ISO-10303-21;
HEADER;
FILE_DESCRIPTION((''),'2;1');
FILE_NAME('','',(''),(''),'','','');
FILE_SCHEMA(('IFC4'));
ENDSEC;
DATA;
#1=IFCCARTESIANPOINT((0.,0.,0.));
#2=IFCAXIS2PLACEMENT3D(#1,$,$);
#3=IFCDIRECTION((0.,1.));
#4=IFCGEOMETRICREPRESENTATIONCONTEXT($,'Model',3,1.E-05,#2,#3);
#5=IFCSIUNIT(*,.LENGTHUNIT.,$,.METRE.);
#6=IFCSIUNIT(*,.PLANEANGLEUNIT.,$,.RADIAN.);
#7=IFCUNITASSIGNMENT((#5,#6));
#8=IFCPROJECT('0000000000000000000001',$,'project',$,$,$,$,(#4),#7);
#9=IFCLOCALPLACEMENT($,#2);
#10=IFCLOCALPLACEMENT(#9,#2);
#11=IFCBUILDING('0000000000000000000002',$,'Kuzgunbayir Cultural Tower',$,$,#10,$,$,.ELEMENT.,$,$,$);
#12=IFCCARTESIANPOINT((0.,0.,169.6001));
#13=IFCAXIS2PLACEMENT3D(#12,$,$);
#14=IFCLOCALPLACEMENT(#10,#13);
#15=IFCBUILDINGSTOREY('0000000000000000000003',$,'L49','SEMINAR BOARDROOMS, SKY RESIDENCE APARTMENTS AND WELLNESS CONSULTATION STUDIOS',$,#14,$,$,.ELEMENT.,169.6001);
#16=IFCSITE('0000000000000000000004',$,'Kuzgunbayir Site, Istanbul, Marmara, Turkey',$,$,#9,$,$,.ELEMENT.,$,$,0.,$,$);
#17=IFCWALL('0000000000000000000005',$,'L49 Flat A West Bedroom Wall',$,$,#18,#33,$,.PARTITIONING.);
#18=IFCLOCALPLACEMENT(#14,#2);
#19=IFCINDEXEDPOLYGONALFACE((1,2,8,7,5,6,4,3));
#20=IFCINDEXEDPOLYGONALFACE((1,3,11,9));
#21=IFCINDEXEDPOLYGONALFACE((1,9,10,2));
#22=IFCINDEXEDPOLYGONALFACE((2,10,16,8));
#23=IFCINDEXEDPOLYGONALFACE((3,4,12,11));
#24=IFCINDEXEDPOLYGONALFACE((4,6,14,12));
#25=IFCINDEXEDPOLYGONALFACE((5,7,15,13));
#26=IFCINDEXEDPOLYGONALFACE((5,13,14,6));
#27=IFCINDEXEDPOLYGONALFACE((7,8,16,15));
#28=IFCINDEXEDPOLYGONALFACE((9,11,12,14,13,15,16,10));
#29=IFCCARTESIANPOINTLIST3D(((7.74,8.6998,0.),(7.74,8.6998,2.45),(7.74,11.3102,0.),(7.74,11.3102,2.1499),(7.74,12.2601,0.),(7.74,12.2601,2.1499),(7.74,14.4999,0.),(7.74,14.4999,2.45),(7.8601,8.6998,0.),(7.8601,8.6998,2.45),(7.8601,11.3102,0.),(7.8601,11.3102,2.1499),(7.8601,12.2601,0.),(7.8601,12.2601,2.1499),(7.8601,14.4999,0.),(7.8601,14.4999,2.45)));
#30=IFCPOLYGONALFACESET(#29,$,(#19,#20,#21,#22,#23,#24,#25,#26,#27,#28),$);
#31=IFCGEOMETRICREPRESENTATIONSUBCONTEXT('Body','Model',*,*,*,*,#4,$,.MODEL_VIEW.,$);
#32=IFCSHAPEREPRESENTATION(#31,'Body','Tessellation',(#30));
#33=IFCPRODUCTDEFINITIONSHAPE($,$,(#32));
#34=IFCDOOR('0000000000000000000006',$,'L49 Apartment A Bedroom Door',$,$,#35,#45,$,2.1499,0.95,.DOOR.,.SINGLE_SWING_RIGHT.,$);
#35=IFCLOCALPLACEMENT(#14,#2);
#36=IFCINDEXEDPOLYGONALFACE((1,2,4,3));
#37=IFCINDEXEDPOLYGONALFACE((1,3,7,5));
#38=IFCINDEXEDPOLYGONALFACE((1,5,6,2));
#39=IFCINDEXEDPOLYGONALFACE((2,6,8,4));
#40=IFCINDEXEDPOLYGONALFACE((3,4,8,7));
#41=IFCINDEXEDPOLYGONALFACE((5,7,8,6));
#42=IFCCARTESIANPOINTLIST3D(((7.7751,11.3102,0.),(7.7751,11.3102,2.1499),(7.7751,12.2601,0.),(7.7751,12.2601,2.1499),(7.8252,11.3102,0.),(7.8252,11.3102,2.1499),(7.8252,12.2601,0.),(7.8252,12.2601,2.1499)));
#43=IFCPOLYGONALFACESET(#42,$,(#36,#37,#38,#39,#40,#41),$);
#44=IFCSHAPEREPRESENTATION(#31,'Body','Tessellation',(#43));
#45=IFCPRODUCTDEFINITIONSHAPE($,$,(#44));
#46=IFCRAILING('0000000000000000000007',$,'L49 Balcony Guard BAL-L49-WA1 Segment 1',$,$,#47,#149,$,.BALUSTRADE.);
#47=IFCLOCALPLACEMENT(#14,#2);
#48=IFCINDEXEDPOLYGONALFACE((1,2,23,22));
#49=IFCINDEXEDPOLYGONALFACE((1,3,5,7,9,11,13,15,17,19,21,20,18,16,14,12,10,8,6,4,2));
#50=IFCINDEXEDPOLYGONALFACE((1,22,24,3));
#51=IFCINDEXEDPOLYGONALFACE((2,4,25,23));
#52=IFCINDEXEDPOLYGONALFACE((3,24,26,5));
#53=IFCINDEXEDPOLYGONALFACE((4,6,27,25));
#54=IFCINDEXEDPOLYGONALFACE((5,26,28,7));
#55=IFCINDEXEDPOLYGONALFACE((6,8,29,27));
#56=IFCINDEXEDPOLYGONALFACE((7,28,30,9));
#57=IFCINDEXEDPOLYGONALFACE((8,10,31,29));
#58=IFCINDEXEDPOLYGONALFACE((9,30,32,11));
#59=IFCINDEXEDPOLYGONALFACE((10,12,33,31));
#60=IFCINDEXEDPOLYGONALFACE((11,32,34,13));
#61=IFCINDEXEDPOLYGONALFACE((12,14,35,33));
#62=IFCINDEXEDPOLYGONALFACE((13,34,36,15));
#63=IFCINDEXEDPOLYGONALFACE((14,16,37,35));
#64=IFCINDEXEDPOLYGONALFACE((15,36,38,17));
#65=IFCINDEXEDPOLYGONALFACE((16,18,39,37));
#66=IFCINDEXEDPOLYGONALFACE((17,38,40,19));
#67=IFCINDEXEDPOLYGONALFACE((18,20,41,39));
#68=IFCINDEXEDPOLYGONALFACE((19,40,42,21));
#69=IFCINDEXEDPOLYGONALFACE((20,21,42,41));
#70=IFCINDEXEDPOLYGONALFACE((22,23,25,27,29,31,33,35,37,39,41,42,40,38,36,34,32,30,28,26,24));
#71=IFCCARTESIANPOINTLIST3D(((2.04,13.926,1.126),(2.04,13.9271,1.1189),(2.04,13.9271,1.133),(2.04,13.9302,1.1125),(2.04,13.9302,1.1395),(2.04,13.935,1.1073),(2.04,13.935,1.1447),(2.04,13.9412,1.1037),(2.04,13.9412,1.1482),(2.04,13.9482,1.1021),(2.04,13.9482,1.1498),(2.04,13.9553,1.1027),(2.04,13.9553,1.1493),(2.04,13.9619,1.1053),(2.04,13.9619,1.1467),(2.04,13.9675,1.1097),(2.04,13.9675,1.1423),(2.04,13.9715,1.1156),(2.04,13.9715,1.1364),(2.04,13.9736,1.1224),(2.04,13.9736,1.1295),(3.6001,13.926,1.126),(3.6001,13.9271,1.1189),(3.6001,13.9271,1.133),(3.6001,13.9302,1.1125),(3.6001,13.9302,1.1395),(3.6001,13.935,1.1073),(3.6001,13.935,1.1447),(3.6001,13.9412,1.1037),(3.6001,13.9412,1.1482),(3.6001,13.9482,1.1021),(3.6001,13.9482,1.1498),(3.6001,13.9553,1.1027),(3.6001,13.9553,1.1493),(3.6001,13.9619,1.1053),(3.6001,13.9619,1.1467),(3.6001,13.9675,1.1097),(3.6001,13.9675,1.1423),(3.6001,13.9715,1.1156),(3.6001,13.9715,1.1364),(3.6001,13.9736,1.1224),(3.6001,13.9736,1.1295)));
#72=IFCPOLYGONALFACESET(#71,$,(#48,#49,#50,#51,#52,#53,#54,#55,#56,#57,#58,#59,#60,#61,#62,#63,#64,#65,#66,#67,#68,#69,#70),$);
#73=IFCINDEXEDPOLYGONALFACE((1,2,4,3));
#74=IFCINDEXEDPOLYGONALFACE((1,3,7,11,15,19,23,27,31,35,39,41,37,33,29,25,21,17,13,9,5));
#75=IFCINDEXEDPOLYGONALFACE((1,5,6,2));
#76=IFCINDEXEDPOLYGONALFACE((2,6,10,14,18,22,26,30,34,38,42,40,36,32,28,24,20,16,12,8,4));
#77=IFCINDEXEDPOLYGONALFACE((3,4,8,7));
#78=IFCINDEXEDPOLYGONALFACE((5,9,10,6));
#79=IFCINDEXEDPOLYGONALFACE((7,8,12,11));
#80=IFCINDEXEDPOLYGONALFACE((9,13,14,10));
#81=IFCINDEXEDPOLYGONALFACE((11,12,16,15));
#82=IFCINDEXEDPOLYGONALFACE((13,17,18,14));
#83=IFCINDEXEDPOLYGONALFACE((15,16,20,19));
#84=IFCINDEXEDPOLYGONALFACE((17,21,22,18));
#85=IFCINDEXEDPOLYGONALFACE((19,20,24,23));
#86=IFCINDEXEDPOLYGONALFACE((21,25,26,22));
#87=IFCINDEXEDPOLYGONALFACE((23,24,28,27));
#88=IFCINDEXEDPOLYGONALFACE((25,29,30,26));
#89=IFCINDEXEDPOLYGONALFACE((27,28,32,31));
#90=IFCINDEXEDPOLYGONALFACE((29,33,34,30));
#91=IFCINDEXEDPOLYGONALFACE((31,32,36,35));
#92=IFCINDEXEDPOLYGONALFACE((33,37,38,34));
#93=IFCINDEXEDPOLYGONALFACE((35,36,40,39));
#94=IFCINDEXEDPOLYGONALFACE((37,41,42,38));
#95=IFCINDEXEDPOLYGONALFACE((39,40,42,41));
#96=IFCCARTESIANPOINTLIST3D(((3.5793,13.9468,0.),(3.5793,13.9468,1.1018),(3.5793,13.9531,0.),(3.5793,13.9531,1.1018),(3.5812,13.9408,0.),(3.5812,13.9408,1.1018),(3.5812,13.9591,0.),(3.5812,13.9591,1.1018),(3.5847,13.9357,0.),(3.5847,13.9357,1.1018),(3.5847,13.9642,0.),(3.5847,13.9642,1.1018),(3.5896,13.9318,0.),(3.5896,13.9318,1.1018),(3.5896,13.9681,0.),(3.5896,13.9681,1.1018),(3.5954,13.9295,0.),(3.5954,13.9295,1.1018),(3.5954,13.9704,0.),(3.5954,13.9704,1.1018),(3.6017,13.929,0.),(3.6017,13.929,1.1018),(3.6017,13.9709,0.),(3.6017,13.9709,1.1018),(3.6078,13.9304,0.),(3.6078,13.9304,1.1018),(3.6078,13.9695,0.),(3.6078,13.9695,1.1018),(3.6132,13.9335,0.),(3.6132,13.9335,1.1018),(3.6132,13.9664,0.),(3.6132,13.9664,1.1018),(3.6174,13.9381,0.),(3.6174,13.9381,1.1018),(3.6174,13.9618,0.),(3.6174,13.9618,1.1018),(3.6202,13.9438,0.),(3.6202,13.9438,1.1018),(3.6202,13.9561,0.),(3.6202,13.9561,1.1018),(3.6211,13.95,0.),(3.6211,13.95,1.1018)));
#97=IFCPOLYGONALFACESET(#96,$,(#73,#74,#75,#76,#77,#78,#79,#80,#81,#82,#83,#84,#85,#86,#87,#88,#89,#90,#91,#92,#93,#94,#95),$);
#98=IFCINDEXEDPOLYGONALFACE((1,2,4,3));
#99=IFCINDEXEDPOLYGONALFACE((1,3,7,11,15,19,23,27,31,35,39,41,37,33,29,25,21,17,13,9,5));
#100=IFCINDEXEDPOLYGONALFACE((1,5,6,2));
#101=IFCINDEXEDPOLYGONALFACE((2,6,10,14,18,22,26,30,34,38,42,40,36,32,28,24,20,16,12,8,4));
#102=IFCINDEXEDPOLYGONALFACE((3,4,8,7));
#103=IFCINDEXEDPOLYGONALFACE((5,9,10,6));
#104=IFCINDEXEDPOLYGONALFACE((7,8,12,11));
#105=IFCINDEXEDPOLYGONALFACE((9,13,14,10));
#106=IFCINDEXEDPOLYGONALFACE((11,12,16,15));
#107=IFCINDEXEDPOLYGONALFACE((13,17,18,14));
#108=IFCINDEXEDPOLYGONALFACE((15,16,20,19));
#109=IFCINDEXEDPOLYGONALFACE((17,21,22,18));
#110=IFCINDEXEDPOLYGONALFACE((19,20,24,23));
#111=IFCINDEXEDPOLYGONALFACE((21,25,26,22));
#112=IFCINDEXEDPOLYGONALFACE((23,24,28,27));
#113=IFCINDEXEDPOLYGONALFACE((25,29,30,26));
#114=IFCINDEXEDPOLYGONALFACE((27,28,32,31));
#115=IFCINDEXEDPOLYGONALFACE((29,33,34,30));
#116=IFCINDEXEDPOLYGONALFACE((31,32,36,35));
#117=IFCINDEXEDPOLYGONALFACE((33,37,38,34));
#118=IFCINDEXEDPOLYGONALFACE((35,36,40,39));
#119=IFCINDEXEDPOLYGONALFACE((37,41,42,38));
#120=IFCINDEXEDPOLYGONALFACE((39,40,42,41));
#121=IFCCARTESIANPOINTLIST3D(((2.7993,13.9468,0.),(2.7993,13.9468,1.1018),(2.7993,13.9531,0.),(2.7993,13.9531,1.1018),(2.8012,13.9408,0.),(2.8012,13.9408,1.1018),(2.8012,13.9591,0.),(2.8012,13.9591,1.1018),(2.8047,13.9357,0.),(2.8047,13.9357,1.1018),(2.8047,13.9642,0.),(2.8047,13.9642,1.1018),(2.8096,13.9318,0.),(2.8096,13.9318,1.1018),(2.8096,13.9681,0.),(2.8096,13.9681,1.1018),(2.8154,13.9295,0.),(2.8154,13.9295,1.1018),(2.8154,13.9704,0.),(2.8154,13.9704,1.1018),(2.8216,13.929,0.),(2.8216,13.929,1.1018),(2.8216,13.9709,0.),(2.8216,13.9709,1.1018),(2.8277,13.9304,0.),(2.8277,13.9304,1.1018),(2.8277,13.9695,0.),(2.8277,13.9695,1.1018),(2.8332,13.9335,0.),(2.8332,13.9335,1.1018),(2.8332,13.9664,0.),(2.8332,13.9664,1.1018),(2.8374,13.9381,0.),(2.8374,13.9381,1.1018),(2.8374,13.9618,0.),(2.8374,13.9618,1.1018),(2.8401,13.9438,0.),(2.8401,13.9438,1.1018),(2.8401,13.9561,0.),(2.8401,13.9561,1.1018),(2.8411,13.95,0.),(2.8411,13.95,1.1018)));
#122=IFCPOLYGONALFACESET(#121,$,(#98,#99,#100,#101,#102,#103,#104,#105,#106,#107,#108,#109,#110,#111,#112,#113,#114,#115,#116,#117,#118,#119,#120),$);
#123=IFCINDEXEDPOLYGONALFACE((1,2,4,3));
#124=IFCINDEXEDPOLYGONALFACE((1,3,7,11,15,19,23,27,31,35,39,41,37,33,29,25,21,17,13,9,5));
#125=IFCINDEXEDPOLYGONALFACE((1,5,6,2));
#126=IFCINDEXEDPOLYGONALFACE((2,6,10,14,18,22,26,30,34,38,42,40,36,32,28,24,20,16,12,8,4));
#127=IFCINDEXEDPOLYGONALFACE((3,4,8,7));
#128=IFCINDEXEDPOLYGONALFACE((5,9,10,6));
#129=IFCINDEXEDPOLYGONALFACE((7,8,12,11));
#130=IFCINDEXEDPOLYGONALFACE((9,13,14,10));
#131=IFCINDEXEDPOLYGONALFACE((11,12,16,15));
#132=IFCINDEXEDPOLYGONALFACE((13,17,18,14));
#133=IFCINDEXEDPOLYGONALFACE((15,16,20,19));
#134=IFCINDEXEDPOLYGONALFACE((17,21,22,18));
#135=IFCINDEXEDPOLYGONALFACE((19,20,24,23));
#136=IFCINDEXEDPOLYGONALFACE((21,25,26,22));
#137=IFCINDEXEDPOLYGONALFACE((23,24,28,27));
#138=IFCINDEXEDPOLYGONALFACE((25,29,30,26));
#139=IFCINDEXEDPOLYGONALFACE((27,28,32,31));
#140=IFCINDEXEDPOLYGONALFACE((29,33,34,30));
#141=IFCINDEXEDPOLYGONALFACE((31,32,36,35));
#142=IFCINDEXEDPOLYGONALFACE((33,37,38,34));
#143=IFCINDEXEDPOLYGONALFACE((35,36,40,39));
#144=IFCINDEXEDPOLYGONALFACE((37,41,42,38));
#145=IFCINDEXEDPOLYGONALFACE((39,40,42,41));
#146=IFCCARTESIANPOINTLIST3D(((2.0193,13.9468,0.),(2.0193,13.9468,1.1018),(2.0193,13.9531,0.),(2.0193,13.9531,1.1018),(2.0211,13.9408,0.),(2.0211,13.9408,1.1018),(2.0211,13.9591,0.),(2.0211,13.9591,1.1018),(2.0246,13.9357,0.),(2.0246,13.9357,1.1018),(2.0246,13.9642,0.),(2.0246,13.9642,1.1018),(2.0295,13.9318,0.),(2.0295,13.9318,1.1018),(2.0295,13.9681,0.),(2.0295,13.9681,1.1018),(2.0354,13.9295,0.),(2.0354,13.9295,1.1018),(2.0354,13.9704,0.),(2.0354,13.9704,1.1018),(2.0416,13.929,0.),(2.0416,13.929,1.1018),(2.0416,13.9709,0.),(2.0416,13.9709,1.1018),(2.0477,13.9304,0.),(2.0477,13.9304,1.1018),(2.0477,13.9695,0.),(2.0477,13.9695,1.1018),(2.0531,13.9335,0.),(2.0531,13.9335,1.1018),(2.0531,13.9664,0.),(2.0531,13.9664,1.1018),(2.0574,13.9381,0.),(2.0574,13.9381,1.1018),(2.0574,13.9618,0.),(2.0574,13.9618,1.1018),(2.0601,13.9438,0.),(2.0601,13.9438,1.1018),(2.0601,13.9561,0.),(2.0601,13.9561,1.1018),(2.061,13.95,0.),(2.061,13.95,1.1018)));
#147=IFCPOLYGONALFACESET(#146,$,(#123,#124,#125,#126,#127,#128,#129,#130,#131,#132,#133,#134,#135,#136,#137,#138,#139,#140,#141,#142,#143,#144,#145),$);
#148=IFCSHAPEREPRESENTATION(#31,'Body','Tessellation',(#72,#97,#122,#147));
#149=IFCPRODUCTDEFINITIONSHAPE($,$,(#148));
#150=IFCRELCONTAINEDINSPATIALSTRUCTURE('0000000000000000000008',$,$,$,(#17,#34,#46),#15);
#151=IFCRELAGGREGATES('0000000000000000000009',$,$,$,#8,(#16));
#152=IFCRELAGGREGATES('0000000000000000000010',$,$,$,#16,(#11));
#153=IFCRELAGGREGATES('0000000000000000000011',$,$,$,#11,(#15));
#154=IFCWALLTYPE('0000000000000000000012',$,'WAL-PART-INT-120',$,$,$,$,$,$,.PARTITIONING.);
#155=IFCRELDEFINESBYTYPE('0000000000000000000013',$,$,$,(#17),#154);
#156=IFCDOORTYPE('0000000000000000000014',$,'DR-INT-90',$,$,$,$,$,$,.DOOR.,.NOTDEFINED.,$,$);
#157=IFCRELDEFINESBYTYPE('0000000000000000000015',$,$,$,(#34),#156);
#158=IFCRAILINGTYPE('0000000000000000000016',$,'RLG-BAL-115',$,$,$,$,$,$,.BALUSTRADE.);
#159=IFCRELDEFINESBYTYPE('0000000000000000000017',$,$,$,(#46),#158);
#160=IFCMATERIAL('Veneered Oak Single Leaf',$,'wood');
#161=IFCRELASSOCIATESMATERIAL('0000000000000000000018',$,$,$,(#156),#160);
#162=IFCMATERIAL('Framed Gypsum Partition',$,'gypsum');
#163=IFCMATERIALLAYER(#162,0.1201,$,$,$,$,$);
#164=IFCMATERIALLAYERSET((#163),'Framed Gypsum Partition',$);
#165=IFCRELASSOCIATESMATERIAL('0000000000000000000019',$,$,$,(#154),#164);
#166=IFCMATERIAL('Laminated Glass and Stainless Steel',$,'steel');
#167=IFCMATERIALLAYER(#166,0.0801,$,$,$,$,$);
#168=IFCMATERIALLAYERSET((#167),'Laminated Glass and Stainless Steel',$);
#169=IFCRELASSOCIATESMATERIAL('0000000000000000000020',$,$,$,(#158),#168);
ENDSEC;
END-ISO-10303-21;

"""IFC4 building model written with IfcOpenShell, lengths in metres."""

from ifc_helpers import new_model, si_unit, direction, frame, frame_2d, origin, origin_2d, place, context, subcontext, project, spatial, rectangle, circle, extrude, material, layer, layer_set, type_object, element, fill, save


model = new_model("IFC4")

# Units and contexts
model_context = context("Model", 3, precision=1e-05, world=origin(), true_north=direction((0.0, 1.0)))
body_context = subcontext(model_context, "Body", "Model", "MODEL_VIEW")
ifc_project = project(units=[si_unit("LENGTHUNIT", "METRE"), si_unit("PLANEANGLEUNIT", "RADIAN")], contexts=[model_context])

# Site, building, storey
site_placement = place(None, origin())
site = spatial("IfcSite", under=ifc_project, at=site_placement, Name="Kuzgunbayir Site, Istanbul, Marmara, Turkey", CompositionType="ELEMENT", RefElevation=0.0)
building_placement = place(site_placement, origin())
building = spatial("IfcBuilding", under=site, at=building_placement, Name="Kuzgunbayir Cultural Tower", CompositionType="ELEMENT")
storey_placement = place(building_placement, frame((0.0, 0.0, 169.6001)))
storey = spatial("IfcBuildingStorey", under=building, at=storey_placement, Name="L49", Description="SEMINAR BOARDROOMS, SKY RESIDENCE APARTMENTS AND WELLNESS CONSULTATION STUDIOS", CompositionType="ELEMENT", Elevation=169.6001)

# Shared definitions
ifc_material_1 = material(Name="Veneered Oak Single Leaf", Category="wood")
door_type_1 = type_object("IfcDoorType", Name="DR-INT-90", OperationType="NOTDEFINED", PredefinedType="DOOR", material=ifc_material_1)

# Wall, opening, door
ifc_material_2 = material(Name="Framed Gypsum Partition", Category="gypsum")
ifc_layer_1 = layer(ifc_material_2, 0.1201)
ifc_layer_set_1 = layer_set([ifc_layer_1], Name="Framed Gypsum Partition")
wall_type_1 = type_object("IfcWallType", Name="WAL-PART-INT-120", PredefinedType="PARTITIONING", material=ifc_layer_set_1)
wall_1_placement = place(storey_placement, frame((7.8, 8.7, 0.0), z_axis=(0.0, 0.0, 1.0), x_axis=(0.0, 1.0, 0.0)))
wall_1 = element("IfcWall", 1, at=wall_1_placement, inside=storey, type_object=wall_type_1, Name="L49 Flat A West Bedroom Wall", PredefinedType="PARTITIONING", context=body_context, shape_type="SweptSolid", body=[
    extrude(rectangle(XDim=5.8, YDim=0.1201, at=frame_2d((2.8999, 0.0))), origin(), (0.0, 0.0, 1.0), 2.45),
])
opening_1_placement = place(wall_1_placement, frame((2.6101, 0.0, 0.0)))
opening_1 = element("IfcOpeningElement", 2, at=opening_1_placement, cuts=wall_1, PredefinedType="OPENING", context=body_context, shape_type="SweptSolid", body=[
    extrude(rectangle(XDim=0.95, YDim=2.1499, at=frame_2d((0.4751, 1.075))), frame((0.0, 0.0701, 0.0), z_axis=(0.0, -1.0, 0.0), x_axis=(1.0, 0.0, 0.0)), (0.0, 0.0, 1.0), 0.1401),
])
door_1_placement = place(opening_1_placement, origin())
door_1 = element("IfcDoor", 3, at=door_1_placement, inside=storey, type_object=door_type_1, Name="L49 Apartment A Bedroom Door", OperationType="SINGLE_SWING_RIGHT", OverallHeight=2.1499, OverallWidth=0.95, PredefinedType="DOOR", context=body_context, shape_type="SweptSolid", body=[
    extrude(rectangle(XDim=0.95, YDim=2.1499, at=frame_2d((0.4751, 1.075))), frame((0.0, 0.0249, 0.0), z_axis=(0.0, -1.0, 0.0), x_axis=(1.0, 0.0, 0.0)), (0.0, 0.0, 1.0), 0.05),
])
fill(opening_1, door_1)

# Railing
ifc_material_3 = material(Name="Laminated Glass and Stainless Steel", Category="steel")
ifc_layer_2 = layer(ifc_material_3, 0.0801)
ifc_layer_set_2 = layer_set([ifc_layer_2], Name="Laminated Glass and Stainless Steel")
railing_type = type_object("IfcRailingType", Name="RLG-BAL-115", PredefinedType="BALUSTRADE", material=ifc_layer_set_2)
railing_1_placement = place(storey_placement, frame((3.6001, 13.95, 0.0)))
element("IfcRailing", 4, at=railing_1_placement, inside=storey, type_object=railing_type, Name="L49 Balcony Guard BAL-L49-WA1 Segment 1", PredefinedType="BALUSTRADE", context=body_context, shape_type="SweptSolid", body=[
    extrude(circle(Radius=0.0239, at=origin_2d()), frame((0.0, 0.0, 1.126), z_axis=(-1.0, 0.0, 0.0), x_axis=(0.0, -1.0, 0.0)), (0.0, 0.0, 1.0), 1.5601),
    extrude(circle(Radius=0.021, at=origin_2d()), origin(), (0.0, 0.0, 1.0), 1.1018),
    extrude(circle(Radius=0.021, at=origin_2d()), frame((-0.78, 0.0, 0.0)), (0.0, 0.0, 1.0), 1.1018),
    extrude(circle(Radius=0.021, at=origin_2d()), frame((-1.5601, 0.0, 0.0)), (0.0, 0.0, 1.0), 1.1018),
])

save(model, "model.ifc")
